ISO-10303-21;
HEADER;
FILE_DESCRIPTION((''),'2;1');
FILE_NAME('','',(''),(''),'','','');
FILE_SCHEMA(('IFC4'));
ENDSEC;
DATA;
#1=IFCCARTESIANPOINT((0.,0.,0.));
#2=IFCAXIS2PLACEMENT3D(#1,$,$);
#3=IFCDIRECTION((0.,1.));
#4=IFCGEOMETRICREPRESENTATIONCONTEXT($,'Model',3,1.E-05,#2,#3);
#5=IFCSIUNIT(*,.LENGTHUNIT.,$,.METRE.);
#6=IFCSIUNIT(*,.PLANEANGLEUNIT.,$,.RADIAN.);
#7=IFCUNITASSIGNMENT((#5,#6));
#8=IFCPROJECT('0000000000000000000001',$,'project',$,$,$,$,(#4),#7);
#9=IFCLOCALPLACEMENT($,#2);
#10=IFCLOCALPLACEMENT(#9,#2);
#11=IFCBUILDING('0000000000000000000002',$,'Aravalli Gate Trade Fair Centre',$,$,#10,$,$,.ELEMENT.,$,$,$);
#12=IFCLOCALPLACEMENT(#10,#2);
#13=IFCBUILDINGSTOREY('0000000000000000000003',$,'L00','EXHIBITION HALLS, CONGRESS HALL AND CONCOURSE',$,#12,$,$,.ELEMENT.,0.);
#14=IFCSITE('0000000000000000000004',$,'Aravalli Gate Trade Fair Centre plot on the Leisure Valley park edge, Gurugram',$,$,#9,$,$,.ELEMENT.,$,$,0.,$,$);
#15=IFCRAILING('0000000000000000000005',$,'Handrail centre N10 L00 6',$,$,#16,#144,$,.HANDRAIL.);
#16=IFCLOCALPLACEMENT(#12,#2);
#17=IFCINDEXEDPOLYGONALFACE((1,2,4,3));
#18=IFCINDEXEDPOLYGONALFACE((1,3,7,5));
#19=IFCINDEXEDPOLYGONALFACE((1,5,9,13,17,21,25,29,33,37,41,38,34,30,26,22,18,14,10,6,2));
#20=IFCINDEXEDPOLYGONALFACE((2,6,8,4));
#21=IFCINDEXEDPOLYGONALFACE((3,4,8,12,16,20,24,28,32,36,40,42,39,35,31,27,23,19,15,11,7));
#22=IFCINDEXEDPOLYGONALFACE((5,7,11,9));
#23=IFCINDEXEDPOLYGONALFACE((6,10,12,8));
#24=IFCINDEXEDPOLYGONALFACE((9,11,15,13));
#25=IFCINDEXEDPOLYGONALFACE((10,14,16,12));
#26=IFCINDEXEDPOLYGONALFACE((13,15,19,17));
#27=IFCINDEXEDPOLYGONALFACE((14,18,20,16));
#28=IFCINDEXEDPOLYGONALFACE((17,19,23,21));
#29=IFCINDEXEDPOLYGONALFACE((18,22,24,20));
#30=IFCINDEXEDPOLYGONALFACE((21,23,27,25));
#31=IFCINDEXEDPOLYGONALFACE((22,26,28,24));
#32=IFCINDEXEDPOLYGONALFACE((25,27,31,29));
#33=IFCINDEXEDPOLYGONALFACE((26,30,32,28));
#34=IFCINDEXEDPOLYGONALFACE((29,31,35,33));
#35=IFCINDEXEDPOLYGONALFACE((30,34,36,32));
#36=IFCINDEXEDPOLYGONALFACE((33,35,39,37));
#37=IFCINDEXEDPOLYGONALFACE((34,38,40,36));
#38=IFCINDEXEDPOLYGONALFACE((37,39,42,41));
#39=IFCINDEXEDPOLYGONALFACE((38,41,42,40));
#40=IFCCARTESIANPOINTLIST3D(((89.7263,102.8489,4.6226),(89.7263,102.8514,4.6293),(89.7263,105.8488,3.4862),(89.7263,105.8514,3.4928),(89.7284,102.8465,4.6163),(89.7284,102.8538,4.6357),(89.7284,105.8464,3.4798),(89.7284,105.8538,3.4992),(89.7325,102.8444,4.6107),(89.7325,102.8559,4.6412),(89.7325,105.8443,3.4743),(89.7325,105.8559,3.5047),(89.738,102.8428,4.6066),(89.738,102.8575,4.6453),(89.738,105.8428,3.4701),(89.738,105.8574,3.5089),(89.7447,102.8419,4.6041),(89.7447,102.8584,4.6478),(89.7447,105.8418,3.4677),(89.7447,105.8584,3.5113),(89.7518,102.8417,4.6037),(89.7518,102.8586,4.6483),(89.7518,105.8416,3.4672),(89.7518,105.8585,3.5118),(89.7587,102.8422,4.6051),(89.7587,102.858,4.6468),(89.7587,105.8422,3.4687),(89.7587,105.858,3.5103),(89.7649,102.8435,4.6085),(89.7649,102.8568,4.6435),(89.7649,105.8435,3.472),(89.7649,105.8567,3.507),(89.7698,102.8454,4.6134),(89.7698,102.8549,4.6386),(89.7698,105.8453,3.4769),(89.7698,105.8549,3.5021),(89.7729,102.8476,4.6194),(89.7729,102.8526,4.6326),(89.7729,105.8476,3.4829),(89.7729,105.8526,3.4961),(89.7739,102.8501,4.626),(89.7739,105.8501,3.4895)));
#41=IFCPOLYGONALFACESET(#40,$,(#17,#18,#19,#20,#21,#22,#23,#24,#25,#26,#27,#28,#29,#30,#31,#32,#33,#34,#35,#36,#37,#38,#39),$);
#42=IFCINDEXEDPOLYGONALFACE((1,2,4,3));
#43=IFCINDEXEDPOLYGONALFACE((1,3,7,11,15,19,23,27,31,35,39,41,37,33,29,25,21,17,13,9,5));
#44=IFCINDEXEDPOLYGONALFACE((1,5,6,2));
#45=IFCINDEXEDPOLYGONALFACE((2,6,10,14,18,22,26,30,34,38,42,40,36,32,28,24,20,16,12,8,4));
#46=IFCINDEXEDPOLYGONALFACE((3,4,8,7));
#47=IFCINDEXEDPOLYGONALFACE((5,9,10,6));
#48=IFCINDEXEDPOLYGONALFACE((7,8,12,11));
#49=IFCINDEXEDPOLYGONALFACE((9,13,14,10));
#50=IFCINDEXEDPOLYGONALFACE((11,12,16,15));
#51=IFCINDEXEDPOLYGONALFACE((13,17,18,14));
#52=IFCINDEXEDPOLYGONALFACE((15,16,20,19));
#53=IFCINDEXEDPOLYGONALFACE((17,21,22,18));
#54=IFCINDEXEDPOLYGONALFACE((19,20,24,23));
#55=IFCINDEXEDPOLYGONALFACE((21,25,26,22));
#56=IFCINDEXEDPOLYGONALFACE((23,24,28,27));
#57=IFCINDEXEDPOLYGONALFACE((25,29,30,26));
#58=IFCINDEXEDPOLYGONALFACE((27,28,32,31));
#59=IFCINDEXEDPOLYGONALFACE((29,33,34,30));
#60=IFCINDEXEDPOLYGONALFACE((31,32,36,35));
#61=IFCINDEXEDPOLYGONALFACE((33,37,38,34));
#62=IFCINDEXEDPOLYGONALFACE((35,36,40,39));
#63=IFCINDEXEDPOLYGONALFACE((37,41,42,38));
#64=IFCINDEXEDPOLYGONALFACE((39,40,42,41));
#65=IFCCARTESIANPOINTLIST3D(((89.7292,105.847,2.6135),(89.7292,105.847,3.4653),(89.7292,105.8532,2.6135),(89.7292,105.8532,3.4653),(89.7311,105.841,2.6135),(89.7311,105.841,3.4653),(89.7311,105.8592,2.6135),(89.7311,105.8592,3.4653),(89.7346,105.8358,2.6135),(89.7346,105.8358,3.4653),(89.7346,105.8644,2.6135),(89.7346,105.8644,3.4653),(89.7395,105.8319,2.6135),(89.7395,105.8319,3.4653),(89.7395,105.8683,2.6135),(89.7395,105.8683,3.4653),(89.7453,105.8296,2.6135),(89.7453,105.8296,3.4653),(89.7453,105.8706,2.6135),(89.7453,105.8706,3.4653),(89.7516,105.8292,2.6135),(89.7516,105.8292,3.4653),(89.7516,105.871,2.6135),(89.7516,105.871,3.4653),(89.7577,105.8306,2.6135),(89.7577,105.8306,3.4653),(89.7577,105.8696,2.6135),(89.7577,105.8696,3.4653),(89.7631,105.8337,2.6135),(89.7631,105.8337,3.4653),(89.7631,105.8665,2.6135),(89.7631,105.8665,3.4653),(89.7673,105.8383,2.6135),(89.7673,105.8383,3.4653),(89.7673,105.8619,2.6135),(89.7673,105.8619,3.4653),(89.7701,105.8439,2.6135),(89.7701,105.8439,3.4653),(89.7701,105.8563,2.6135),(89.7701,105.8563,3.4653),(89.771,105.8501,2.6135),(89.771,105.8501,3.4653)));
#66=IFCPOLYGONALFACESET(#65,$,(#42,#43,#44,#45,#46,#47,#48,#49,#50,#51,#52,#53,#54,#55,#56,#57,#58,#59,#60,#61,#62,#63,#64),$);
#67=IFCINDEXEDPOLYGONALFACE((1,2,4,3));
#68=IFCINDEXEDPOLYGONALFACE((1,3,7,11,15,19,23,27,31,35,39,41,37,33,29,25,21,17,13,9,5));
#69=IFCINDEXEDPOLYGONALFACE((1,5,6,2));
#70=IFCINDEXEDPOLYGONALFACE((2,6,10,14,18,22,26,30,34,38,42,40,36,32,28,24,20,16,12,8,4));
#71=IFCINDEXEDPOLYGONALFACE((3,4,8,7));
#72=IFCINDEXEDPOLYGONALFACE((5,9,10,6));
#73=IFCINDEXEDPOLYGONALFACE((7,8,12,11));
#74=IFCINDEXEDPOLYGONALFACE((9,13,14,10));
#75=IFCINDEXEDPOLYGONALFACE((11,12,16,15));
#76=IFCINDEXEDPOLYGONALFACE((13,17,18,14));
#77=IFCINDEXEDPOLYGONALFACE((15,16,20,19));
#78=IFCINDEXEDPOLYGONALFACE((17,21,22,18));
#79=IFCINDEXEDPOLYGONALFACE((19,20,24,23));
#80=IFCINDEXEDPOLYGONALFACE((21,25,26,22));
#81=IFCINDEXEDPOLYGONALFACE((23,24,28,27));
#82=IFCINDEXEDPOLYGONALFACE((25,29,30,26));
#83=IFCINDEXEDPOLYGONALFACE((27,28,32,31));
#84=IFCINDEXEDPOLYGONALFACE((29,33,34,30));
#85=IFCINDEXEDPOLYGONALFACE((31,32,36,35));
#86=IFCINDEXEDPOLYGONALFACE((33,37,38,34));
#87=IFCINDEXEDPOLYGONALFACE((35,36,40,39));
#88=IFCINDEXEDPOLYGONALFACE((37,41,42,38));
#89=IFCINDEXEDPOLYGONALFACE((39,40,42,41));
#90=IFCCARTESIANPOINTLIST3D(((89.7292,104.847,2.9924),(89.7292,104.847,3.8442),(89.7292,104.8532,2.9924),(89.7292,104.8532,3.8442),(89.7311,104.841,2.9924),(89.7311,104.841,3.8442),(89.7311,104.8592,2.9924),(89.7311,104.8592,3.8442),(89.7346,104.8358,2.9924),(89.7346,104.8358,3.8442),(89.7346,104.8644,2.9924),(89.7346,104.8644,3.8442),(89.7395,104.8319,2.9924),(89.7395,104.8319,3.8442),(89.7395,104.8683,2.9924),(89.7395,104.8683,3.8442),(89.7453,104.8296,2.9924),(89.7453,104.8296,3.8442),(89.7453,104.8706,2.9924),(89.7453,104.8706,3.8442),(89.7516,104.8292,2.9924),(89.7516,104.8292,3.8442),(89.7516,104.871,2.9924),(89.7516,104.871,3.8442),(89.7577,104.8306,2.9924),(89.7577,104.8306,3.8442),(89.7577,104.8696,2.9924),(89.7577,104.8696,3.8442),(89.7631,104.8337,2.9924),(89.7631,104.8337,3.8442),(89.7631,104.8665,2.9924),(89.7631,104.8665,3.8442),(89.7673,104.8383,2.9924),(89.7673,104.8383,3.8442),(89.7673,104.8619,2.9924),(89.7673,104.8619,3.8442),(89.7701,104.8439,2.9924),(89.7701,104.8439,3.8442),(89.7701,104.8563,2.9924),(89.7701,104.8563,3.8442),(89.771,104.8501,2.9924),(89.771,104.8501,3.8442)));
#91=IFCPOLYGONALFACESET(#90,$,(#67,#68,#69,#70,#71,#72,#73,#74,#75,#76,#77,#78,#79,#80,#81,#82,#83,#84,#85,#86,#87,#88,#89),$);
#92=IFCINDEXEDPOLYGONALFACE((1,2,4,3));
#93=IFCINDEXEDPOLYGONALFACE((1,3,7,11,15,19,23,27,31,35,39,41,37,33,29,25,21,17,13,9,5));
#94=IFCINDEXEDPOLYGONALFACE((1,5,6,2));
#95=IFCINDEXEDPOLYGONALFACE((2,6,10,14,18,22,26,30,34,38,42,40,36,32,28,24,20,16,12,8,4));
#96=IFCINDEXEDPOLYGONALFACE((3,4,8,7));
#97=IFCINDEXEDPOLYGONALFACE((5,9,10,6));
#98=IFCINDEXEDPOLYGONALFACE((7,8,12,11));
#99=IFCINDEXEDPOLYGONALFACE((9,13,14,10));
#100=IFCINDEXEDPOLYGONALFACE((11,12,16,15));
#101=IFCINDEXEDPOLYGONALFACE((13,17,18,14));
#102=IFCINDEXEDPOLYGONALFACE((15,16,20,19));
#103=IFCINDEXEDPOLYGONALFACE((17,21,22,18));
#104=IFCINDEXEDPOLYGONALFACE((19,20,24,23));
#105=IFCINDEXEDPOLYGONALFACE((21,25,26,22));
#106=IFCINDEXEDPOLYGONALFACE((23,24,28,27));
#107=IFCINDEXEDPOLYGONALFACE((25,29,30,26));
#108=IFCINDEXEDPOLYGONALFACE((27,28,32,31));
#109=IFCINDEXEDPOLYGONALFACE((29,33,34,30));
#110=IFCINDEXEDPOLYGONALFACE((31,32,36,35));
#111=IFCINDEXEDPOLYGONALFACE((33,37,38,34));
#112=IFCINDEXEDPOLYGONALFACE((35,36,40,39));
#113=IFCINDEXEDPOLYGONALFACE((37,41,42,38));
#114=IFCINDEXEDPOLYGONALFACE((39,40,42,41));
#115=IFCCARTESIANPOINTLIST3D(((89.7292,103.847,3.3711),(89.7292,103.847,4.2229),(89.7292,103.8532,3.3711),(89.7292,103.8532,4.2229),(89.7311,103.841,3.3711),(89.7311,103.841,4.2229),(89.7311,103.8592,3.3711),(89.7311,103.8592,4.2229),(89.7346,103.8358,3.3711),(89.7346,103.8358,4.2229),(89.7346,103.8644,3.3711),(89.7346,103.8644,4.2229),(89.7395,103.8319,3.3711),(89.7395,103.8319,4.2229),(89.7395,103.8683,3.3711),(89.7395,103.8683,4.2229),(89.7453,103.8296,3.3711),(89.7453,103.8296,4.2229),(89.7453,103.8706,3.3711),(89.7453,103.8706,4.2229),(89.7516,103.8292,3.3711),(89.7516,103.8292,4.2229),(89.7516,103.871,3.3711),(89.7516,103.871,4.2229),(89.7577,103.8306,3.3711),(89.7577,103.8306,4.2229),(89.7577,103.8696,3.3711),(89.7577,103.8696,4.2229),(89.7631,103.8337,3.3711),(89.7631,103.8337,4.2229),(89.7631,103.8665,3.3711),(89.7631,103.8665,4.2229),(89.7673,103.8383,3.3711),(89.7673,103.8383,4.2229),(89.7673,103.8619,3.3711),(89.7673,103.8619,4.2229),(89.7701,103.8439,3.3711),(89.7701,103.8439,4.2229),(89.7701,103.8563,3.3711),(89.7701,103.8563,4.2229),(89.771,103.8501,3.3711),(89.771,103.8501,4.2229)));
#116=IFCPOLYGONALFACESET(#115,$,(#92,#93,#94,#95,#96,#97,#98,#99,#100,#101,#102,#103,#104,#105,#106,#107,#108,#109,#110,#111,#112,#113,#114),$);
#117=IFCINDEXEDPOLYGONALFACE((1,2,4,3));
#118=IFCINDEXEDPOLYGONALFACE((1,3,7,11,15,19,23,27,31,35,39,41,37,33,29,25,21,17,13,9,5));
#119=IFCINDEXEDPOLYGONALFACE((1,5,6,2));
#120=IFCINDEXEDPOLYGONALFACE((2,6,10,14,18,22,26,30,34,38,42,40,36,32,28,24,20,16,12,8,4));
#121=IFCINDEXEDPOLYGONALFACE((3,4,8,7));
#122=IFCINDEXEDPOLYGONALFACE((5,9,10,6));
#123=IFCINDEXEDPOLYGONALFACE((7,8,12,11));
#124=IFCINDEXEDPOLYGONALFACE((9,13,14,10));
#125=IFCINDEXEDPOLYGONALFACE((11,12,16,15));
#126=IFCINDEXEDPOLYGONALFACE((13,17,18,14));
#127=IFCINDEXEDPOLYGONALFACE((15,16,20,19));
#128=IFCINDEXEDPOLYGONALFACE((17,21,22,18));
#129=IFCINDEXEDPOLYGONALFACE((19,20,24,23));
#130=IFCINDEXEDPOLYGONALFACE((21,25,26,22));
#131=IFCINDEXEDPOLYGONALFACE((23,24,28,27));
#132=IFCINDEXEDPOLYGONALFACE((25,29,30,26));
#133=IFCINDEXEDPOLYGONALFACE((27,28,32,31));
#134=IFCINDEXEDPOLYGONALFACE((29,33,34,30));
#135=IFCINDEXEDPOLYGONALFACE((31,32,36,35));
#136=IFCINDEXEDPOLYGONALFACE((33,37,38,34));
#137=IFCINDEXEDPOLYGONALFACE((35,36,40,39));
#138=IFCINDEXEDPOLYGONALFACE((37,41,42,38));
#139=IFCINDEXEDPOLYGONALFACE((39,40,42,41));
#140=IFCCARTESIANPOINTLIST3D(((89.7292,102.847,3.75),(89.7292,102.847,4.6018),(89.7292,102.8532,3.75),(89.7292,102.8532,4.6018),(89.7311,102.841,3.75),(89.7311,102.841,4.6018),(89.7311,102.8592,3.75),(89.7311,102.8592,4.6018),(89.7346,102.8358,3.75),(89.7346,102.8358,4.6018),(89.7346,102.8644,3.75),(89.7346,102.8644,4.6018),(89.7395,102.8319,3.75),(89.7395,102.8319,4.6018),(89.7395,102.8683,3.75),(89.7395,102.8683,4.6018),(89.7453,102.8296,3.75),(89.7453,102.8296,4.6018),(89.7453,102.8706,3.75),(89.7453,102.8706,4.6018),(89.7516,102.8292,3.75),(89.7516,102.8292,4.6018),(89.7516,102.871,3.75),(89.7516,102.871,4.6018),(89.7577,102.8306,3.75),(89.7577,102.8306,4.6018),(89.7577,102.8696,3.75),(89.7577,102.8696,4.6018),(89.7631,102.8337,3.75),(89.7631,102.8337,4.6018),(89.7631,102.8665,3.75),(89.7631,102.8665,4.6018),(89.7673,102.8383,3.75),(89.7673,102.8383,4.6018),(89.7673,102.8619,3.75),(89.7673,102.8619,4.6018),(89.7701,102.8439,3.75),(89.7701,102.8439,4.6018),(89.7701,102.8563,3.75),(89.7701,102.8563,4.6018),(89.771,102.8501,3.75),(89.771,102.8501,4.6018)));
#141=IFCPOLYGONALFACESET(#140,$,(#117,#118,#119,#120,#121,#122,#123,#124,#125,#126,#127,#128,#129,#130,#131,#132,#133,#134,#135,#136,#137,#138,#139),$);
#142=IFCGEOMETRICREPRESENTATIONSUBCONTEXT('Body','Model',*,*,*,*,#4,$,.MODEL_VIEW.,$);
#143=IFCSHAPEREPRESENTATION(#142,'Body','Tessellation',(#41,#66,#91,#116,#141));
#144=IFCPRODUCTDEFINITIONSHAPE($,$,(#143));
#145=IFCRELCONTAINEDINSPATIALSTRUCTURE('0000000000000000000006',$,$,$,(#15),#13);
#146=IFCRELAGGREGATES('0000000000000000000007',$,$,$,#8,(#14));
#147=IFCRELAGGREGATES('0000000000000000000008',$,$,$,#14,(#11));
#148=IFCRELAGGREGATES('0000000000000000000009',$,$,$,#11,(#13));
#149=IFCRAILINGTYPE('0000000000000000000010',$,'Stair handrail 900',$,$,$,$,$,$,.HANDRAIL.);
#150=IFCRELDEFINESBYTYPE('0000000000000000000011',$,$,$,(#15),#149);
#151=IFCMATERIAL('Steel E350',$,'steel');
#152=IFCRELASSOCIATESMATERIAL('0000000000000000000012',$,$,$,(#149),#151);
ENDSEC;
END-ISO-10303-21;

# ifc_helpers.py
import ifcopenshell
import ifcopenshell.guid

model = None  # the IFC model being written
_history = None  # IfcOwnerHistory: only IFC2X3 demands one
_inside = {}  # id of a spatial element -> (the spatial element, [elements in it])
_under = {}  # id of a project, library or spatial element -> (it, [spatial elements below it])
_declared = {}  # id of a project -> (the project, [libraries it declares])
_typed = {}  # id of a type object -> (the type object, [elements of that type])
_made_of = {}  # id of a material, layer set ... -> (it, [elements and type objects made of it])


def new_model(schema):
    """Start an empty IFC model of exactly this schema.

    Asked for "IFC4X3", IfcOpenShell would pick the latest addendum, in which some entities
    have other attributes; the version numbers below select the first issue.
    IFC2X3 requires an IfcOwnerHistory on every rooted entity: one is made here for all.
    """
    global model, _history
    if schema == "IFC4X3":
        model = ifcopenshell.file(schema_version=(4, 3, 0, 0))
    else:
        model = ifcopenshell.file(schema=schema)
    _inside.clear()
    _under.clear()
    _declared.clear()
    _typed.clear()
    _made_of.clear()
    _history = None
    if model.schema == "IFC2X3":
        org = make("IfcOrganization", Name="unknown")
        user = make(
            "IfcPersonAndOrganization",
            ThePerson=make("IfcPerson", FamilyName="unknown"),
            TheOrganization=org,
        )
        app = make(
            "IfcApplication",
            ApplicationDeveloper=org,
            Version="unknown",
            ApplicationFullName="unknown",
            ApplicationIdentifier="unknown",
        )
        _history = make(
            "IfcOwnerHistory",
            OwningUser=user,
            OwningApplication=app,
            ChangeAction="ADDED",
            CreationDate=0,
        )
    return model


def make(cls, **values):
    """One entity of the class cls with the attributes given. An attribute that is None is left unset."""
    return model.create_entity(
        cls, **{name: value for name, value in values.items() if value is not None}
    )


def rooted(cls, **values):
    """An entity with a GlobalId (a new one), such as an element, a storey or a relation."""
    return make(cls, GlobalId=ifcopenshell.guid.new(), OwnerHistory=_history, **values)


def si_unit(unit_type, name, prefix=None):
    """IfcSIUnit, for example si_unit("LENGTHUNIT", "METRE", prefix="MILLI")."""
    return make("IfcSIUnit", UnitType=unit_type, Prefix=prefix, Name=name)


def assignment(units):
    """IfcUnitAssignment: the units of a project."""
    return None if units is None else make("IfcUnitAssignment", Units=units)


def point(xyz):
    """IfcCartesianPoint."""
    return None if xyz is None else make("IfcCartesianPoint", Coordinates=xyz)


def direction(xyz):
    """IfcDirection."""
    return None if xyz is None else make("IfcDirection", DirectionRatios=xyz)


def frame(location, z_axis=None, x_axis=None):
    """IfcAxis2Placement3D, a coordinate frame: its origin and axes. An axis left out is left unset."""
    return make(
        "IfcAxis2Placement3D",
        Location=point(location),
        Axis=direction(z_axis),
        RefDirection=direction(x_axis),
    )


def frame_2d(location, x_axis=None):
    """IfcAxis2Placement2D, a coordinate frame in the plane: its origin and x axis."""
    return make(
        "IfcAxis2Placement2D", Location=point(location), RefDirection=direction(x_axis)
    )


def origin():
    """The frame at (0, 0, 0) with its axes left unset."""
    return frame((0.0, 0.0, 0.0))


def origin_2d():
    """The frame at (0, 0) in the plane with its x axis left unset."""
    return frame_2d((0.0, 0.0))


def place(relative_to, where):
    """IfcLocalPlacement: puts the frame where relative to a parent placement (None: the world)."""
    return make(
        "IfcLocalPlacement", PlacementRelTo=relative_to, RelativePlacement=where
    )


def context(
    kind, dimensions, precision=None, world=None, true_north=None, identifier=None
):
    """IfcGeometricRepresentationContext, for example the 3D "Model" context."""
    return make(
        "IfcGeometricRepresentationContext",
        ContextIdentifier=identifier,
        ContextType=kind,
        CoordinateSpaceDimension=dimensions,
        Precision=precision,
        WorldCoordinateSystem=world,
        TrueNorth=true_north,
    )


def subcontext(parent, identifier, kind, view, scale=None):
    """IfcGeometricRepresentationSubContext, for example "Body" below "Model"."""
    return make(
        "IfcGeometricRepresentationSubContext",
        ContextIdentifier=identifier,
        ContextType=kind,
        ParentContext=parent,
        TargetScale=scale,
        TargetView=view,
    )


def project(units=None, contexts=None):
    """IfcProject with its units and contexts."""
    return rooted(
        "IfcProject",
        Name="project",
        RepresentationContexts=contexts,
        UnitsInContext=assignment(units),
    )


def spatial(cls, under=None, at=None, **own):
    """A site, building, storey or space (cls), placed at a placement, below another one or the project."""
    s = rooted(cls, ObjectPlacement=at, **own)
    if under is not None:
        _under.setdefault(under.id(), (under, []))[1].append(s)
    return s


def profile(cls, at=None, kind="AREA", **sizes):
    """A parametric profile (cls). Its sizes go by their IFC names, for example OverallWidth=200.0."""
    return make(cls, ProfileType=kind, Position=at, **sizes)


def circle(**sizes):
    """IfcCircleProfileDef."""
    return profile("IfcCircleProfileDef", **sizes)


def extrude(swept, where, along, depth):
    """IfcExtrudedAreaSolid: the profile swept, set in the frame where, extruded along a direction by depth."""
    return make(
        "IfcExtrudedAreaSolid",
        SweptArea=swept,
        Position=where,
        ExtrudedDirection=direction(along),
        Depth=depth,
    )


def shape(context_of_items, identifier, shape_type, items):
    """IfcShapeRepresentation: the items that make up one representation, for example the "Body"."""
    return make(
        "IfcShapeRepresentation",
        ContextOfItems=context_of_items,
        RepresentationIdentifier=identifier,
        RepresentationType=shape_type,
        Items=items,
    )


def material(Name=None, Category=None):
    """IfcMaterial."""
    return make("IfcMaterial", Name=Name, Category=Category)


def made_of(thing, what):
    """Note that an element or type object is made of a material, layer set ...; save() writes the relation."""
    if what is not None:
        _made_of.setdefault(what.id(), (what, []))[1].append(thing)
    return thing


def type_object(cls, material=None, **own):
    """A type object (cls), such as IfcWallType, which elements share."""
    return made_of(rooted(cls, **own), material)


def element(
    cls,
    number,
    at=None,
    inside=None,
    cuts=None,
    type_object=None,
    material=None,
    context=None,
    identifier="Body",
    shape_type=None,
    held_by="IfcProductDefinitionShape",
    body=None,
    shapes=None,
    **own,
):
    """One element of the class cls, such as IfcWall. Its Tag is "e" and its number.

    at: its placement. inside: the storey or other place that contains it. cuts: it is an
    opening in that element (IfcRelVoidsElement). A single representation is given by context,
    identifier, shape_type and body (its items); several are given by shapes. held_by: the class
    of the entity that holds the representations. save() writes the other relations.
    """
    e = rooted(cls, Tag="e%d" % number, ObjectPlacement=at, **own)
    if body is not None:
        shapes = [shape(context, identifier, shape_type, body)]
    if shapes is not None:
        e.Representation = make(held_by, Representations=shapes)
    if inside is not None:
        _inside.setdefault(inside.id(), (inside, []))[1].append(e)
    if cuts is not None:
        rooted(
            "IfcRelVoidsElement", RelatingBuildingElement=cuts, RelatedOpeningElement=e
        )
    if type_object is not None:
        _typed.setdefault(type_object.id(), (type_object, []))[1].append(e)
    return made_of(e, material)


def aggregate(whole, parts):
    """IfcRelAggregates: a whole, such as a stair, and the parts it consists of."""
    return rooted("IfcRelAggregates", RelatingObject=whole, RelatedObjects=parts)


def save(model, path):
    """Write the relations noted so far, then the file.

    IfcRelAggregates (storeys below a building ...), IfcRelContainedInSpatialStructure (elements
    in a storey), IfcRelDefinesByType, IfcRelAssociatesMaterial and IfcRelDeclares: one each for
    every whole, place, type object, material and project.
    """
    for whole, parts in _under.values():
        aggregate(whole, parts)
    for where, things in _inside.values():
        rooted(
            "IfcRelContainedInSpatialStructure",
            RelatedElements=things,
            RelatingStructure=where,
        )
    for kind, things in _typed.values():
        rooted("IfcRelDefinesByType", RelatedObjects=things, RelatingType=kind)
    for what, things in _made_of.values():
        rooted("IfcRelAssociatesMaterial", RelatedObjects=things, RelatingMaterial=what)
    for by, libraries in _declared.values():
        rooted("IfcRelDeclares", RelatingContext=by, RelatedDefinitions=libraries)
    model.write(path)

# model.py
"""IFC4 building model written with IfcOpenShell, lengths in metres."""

from ifc_helpers import new_model, si_unit, direction, frame, origin, origin_2d, place, context, subcontext, project, spatial, circle, extrude, material, type_object, element, save


model = new_model("IFC4")

# Units and contexts
model_context = context("Model", 3, precision=1e-05, world=origin(), true_north=direction((0.0, 1.0)))
body_context = subcontext(model_context, "Body", "Model", "MODEL_VIEW")
ifc_project = project(units=[si_unit("LENGTHUNIT", "METRE"), si_unit("PLANEANGLEUNIT", "RADIAN")], contexts=[model_context])

# Site, building, storey
site_placement = place(None, origin())
site = spatial("IfcSite", under=ifc_project, at=site_placement, Name="Aravalli Gate Trade Fair Centre plot on the Leisure Valley park edge, Gurugram", CompositionType="ELEMENT", RefElevation=0.0)
building_placement = place(site_placement, origin())
building = spatial("IfcBuilding", under=site, at=building_placement, Name="Aravalli Gate Trade Fair Centre", CompositionType="ELEMENT")
storey_placement = place(building_placement, origin())
storey = spatial("IfcBuildingStorey", under=building, at=storey_placement, Name="L00", Description="EXHIBITION HALLS, CONGRESS HALL AND CONCOURSE", CompositionType="ELEMENT", Elevation=0.0)

# Railing
ifc_material_1 = material(Name="Steel E350", Category="steel")
railing_type = type_object("IfcRailingType", Name="Stair handrail 900", PredefinedType="HANDRAIL", material=ifc_material_1)
for number, where, name in (
    (1, (89.75, 105.8501, 2.6135), "Handrail centre N10 L00 6"),
):
    element("IfcRailing", number, at=place(storey_placement, frame(where)), inside=storey, type_object=railing_type, Name=name, PredefinedType="HANDRAIL", context=body_context, shape_type="SweptSolid", body=[
        extrude(circle(Radius=0.0239, at=origin_2d()), frame((0.0, 0.0, 0.876), z_axis=(0.0, -0.935148, 0.354257), x_axis=(1.0, 0.0, 0.0)), (0.0, 0.0, 1.0), 3.208),
        extrude(circle(Radius=0.021, at=origin_2d()), origin(), (0.0, 0.0, 1.0), 0.8518),
        extrude(circle(Radius=0.021, at=origin_2d()), frame((0.0, -1.0, 0.3789)), (0.0, 0.0, 1.0), 0.8518),
        extrude(circle(Radius=0.021, at=origin_2d()), frame((0.0, -2.0, 0.7576)), (0.0, 0.0, 1.0), 0.8518),
        extrude(circle(Radius=0.021, at=origin_2d()), frame((0.0, -3.0, 1.1365)), (0.0, 0.0, 1.0), 0.8518),
    ])

save(model, "model.ifc")
